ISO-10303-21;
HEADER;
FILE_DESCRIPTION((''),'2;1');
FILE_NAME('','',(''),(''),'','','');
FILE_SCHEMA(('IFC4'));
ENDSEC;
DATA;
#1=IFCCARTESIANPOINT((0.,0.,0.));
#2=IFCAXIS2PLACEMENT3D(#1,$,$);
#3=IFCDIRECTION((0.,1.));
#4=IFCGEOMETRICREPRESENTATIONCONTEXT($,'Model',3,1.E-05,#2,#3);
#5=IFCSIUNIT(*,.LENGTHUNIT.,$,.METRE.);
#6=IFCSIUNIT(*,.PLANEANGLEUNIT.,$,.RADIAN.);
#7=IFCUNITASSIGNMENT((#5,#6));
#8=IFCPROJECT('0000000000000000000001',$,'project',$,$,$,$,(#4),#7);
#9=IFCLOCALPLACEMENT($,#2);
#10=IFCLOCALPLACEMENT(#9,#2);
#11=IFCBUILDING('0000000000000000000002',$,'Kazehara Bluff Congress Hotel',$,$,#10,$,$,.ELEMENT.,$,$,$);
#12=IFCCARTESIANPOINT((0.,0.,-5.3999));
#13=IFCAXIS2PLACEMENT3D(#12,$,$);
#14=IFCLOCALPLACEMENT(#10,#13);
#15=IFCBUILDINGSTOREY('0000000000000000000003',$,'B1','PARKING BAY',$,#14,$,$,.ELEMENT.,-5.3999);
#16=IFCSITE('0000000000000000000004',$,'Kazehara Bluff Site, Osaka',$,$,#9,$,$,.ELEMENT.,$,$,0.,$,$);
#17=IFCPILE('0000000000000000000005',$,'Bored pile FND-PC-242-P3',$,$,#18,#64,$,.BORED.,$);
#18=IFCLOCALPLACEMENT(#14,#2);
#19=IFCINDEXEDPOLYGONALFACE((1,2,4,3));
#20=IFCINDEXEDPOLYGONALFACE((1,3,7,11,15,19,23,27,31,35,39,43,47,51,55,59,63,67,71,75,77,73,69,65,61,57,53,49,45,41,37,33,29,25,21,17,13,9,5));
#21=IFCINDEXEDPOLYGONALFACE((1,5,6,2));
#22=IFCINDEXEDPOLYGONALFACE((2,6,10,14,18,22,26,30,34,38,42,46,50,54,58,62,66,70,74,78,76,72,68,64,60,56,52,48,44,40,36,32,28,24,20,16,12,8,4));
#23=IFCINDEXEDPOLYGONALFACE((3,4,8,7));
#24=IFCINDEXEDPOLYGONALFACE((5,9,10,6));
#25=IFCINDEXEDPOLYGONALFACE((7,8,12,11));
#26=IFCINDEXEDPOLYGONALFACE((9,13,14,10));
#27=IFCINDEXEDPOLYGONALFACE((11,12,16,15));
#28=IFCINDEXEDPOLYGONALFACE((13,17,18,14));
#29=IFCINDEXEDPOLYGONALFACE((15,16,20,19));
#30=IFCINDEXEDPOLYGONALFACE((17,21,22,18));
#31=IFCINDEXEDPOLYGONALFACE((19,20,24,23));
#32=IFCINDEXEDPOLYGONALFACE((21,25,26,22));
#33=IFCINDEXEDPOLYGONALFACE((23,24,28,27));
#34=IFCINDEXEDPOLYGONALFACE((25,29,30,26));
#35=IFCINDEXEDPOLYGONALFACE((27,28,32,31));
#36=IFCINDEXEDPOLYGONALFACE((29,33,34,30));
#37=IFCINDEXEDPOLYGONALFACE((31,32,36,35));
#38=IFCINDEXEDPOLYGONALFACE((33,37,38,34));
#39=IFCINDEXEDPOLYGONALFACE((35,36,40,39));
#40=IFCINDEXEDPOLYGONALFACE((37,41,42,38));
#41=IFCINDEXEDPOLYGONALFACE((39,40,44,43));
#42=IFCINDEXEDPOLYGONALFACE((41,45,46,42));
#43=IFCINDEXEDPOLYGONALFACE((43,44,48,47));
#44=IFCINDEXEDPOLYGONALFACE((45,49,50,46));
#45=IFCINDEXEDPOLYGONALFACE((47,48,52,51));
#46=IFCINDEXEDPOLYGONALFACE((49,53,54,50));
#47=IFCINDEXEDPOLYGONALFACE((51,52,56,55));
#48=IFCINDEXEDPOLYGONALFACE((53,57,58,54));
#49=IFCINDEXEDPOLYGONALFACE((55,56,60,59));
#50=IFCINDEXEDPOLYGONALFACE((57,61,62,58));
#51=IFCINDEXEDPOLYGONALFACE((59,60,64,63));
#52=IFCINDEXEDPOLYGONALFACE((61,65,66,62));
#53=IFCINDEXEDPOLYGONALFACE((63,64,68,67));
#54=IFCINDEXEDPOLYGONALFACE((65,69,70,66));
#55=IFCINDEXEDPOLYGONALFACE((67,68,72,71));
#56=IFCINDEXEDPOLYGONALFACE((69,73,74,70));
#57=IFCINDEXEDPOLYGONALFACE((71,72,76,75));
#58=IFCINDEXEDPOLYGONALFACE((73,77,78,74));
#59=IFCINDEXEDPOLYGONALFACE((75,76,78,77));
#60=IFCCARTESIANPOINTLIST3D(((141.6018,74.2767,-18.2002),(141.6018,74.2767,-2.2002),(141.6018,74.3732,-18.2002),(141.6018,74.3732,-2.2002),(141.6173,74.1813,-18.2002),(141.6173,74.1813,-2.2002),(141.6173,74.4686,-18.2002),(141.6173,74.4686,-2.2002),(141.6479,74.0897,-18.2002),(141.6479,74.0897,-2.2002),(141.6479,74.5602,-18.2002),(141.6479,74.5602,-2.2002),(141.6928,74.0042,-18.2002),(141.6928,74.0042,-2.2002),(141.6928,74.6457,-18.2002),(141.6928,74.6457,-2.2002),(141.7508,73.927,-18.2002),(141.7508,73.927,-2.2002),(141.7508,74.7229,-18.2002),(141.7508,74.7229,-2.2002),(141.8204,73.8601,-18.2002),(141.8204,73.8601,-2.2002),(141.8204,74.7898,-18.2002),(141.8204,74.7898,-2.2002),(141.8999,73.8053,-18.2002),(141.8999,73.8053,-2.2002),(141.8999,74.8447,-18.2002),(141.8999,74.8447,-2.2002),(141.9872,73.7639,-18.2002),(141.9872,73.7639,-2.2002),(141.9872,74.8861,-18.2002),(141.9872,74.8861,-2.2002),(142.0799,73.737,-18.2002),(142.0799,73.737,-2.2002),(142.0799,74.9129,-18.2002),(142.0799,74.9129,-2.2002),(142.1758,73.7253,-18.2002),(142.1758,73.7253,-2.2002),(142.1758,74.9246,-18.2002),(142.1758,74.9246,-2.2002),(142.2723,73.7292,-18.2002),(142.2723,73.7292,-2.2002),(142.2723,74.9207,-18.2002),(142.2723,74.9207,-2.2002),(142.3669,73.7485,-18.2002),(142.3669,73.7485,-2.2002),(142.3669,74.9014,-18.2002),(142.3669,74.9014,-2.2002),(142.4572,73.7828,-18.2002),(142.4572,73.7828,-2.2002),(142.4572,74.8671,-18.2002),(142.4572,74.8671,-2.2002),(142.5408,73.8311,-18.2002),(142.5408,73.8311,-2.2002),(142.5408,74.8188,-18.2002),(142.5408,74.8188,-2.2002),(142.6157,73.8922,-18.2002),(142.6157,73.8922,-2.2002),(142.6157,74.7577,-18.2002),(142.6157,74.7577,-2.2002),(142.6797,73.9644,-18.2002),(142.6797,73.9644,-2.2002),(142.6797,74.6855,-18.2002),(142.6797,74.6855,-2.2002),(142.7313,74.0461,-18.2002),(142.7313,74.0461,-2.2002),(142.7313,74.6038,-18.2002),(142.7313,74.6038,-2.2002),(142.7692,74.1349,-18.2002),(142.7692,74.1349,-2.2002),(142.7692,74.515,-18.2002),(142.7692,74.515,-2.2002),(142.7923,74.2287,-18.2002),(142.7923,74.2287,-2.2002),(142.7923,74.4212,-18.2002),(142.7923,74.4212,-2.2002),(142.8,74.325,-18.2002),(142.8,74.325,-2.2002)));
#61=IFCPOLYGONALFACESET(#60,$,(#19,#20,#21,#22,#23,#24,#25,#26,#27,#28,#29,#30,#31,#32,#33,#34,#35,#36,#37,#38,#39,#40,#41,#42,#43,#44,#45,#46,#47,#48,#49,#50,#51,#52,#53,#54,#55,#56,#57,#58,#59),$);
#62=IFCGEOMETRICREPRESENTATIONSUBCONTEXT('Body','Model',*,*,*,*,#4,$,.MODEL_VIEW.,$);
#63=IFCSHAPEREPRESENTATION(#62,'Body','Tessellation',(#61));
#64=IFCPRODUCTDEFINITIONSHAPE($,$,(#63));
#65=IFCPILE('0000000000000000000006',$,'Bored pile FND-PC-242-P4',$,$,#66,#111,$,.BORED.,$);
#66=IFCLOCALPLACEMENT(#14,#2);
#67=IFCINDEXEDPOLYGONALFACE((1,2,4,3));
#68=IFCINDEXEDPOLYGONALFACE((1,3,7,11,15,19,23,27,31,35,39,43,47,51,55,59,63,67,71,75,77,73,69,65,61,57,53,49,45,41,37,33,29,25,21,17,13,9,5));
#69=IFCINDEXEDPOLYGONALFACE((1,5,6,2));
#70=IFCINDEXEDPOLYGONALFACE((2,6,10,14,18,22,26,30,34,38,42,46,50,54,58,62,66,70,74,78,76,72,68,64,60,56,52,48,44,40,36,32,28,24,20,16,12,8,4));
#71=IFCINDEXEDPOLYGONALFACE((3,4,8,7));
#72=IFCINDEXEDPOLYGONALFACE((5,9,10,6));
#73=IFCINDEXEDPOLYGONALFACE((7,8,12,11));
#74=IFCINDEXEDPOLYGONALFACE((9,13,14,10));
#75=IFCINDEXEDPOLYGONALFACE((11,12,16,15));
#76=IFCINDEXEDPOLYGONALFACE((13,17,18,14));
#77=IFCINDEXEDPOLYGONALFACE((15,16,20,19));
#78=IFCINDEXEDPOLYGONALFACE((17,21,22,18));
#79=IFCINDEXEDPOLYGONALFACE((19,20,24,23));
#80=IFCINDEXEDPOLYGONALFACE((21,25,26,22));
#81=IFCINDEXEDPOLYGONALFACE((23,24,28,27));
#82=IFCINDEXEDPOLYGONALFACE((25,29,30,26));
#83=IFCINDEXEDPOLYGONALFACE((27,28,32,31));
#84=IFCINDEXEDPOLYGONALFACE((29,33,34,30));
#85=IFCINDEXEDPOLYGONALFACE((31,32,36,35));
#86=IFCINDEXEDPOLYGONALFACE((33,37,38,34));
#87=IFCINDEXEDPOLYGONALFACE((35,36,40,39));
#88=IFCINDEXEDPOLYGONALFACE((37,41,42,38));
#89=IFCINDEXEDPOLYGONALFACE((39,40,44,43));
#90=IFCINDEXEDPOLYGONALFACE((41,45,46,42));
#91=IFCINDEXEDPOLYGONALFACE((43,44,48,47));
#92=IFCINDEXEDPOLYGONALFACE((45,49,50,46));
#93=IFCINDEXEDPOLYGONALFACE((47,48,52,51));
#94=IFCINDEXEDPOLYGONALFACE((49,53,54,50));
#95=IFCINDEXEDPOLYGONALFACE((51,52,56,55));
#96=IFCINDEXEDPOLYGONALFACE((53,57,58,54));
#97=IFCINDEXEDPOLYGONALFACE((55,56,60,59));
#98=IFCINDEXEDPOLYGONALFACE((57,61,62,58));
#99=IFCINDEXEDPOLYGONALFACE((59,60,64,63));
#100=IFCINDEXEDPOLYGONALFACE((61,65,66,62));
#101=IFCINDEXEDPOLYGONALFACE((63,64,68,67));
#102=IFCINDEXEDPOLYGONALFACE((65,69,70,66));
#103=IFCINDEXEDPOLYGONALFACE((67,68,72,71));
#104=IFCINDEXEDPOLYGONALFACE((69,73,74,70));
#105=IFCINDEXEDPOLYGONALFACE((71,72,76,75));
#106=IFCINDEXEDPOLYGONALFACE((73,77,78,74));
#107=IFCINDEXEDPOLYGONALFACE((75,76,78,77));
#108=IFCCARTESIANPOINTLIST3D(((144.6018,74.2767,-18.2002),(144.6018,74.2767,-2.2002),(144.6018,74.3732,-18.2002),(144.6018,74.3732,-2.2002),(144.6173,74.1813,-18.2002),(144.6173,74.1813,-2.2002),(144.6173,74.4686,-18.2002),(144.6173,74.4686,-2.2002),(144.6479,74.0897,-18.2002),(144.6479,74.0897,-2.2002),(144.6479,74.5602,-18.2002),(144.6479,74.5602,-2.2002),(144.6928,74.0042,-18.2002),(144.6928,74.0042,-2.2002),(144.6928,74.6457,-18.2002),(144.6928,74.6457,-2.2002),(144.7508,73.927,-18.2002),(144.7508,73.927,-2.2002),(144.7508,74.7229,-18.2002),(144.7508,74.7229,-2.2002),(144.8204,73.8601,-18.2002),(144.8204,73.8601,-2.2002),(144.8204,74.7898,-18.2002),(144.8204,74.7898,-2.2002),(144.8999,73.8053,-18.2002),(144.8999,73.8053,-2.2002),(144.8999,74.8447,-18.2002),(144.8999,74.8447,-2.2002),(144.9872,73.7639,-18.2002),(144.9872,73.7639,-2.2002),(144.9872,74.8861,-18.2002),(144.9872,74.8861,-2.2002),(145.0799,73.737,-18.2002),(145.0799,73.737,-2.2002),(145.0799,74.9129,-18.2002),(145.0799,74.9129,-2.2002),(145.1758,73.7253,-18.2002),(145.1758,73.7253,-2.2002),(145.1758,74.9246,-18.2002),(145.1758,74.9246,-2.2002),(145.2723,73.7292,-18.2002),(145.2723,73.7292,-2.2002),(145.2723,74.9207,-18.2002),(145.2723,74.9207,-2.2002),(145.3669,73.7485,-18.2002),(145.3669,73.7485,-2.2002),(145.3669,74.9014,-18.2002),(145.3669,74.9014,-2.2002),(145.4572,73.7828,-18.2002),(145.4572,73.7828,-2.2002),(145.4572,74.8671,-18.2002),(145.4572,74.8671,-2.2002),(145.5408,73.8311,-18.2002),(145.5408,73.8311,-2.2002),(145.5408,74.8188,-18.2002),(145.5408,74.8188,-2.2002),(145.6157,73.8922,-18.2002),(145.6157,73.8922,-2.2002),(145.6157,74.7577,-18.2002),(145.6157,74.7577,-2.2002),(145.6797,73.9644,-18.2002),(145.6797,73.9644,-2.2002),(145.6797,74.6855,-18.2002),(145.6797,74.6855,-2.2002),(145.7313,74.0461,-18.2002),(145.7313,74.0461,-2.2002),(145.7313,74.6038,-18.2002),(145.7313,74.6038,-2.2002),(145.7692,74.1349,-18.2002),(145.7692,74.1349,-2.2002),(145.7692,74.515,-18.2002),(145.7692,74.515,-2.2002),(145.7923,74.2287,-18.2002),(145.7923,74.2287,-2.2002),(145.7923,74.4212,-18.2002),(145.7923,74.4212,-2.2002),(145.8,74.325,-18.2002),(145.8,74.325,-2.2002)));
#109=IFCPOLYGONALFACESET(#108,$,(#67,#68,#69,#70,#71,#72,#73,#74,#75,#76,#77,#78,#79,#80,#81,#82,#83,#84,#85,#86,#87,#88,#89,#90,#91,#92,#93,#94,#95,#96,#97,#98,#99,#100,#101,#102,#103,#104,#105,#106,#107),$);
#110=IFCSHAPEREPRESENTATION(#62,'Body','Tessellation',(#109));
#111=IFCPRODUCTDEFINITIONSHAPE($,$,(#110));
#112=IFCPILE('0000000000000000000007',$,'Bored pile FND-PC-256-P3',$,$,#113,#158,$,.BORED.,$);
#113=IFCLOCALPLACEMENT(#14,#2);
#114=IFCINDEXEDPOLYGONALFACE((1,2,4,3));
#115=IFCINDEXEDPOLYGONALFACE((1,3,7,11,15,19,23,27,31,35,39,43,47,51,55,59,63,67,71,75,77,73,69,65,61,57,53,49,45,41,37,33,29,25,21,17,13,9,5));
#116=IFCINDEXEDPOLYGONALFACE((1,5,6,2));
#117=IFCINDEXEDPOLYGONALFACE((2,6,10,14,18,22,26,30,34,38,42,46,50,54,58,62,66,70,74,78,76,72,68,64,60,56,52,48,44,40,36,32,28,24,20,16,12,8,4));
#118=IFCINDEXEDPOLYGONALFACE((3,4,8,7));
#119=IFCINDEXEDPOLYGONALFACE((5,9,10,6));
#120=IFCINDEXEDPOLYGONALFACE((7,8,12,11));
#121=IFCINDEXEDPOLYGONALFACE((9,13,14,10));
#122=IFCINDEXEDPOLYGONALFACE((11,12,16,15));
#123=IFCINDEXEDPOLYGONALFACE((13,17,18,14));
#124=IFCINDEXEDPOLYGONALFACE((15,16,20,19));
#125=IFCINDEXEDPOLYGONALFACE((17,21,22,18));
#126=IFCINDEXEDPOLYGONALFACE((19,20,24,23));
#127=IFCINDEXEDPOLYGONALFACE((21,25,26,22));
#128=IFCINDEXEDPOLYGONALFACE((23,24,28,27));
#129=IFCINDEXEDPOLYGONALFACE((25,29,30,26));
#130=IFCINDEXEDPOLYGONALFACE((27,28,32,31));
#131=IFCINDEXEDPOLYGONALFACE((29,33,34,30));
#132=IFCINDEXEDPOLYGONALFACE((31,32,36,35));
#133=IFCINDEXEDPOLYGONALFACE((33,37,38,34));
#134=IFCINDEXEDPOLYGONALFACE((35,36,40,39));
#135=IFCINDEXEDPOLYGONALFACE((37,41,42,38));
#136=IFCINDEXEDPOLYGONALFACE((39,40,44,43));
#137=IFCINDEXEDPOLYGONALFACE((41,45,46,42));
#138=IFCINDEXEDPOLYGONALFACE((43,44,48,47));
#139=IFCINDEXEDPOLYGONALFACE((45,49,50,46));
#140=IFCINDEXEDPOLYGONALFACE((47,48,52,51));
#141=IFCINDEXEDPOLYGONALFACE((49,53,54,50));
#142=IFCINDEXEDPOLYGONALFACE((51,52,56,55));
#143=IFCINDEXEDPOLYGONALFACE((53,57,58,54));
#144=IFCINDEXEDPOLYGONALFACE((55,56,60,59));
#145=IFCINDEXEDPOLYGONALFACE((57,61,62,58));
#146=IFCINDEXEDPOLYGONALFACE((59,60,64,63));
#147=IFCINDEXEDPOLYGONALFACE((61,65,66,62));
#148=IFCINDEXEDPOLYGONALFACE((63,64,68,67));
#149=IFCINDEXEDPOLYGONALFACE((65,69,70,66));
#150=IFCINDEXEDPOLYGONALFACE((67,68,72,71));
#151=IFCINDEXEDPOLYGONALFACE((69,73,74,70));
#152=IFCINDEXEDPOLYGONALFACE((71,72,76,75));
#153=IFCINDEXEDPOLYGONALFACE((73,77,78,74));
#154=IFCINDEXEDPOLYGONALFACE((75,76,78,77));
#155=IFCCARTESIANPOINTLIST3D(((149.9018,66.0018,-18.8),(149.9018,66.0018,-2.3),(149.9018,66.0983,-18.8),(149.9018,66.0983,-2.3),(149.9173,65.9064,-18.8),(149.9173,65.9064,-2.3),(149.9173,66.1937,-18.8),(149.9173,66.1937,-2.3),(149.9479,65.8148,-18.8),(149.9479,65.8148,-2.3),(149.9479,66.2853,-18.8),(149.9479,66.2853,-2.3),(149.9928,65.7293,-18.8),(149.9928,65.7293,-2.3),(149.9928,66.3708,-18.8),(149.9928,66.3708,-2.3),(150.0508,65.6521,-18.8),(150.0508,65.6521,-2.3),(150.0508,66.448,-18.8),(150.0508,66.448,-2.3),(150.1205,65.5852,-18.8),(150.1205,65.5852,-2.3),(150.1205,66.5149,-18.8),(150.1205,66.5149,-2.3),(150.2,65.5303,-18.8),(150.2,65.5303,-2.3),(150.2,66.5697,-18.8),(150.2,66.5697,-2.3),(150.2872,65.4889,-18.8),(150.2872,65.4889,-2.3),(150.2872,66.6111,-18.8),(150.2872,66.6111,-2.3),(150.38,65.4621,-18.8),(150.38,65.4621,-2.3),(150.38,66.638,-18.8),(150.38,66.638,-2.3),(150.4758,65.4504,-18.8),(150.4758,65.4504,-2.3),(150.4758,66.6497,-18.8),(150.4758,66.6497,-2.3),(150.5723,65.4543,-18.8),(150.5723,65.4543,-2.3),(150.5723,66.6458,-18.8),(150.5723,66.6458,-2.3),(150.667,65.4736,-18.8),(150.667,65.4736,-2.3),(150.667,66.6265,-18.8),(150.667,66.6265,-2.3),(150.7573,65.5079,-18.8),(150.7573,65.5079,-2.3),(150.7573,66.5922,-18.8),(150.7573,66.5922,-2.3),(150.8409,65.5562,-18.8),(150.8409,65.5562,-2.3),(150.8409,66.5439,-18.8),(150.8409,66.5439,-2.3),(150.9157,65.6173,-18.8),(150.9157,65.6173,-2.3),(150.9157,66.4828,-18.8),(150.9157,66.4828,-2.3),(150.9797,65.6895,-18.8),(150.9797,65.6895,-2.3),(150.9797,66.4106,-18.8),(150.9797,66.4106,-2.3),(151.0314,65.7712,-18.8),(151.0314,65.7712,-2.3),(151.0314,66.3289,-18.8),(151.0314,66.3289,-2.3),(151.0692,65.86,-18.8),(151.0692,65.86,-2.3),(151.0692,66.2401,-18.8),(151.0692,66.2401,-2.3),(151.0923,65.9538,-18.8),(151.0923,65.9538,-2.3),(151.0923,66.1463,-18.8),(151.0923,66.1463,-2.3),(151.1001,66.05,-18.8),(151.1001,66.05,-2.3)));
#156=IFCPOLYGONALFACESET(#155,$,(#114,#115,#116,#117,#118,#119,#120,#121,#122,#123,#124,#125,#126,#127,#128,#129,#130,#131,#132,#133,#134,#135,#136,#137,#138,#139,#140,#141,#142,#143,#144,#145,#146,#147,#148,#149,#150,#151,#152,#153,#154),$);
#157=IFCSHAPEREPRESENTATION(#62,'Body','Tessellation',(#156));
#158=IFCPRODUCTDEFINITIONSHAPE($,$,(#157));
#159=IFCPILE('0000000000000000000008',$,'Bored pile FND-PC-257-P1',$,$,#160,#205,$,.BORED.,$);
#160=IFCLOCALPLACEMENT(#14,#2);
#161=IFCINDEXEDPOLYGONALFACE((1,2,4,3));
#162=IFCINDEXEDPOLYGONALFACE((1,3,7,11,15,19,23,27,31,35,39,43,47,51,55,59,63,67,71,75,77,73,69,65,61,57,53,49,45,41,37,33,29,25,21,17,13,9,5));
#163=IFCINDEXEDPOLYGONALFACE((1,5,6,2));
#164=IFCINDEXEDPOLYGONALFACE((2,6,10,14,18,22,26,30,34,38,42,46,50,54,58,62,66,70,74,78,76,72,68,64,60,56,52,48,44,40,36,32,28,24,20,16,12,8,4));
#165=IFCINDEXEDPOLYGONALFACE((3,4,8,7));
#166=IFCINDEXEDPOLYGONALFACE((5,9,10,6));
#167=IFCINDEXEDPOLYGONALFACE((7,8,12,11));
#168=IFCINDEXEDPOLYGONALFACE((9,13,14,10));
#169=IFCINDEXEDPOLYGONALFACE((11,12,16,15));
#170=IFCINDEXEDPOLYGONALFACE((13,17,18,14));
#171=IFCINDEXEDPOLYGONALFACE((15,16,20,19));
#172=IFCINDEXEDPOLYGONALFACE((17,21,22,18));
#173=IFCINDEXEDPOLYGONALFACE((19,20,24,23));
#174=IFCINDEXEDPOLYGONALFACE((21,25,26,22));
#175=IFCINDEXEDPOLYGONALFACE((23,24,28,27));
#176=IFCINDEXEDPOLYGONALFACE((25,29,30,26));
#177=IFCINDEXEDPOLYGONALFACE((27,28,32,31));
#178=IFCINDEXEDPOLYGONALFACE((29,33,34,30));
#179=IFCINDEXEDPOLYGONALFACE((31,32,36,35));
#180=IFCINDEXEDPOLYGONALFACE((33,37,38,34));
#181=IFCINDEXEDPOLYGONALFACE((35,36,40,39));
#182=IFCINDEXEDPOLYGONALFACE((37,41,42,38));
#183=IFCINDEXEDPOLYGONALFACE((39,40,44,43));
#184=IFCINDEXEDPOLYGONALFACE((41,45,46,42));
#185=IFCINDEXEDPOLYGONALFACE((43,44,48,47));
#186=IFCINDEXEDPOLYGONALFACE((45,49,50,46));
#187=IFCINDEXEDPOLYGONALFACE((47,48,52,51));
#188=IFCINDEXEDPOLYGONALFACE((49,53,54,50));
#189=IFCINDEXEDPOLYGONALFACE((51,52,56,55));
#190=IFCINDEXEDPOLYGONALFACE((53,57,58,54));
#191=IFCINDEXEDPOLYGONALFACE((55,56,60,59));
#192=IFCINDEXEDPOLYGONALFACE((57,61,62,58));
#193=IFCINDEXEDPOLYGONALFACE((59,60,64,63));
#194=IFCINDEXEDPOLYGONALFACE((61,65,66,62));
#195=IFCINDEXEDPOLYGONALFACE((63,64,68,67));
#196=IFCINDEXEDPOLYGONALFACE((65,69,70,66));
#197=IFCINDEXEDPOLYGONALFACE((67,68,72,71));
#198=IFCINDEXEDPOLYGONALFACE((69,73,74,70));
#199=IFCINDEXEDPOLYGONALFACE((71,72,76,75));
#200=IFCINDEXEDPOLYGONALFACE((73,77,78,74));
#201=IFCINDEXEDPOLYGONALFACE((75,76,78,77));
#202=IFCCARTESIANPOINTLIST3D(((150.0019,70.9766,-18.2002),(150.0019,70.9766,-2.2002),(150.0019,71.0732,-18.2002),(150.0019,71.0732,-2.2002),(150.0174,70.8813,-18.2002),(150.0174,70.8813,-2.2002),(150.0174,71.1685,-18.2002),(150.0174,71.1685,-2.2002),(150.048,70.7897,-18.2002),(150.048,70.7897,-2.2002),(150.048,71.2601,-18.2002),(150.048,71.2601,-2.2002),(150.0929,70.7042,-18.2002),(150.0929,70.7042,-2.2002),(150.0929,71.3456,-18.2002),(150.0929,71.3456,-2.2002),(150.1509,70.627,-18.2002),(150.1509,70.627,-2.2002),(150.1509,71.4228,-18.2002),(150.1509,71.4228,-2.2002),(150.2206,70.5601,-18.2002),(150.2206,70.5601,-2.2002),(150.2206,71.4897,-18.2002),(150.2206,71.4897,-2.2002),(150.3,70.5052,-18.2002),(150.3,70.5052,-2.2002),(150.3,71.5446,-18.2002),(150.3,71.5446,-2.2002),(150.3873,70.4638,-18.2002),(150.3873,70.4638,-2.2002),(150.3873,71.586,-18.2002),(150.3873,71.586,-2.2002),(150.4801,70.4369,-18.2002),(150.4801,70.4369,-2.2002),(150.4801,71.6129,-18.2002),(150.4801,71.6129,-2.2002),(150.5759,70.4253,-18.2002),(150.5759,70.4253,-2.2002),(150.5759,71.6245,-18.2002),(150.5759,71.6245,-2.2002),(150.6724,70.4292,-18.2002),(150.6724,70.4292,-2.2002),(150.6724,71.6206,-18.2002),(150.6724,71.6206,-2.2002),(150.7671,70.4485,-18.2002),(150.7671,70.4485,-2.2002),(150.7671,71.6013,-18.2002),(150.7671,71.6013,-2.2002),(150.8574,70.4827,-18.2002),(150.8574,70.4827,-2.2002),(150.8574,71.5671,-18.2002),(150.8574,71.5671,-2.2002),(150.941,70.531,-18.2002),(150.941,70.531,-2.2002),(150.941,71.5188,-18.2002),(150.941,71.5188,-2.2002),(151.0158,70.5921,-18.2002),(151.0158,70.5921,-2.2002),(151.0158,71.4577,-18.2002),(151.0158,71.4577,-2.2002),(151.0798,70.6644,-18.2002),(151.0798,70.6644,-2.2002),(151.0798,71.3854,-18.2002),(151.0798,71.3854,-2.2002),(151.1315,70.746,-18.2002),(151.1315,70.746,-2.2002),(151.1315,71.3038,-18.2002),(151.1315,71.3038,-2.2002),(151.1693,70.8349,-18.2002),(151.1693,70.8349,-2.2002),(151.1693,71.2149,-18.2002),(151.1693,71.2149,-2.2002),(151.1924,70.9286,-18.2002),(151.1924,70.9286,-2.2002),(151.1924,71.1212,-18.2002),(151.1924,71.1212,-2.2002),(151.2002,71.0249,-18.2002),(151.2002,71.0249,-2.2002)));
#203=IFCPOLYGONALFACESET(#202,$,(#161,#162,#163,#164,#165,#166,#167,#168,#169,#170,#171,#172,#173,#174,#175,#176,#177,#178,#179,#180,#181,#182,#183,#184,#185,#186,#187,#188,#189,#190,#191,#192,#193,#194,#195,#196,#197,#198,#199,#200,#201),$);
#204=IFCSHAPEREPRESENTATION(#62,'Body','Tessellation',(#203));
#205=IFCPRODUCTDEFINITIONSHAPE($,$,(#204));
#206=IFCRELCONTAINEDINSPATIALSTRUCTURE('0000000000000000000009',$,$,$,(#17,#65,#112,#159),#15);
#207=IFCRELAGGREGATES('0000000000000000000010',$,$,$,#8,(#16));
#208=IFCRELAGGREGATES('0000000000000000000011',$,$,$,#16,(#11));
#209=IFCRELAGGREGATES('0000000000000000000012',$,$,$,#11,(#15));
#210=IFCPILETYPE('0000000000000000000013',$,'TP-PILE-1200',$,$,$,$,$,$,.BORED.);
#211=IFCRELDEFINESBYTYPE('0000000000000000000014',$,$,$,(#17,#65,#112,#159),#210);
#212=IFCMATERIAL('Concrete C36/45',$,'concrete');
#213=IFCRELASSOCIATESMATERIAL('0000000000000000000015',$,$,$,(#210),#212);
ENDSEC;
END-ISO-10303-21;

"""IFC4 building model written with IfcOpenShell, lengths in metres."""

from ifc_helpers import new_model, si_unit, direction, frame, origin, origin_2d, place, context, subcontext, project, spatial, circle, extrude, material, material_profile, profile_set, type_object, element, save


model = new_model("IFC4")

# Units and contexts
model_context = context("Model", 3, precision=1e-05, world=origin(), true_north=direction((0.0, 1.0)))
body_context = subcontext(model_context, "Body", "Model", "MODEL_VIEW")
ifc_project = project(units=[si_unit("LENGTHUNIT", "METRE"), si_unit("PLANEANGLEUNIT", "RADIAN")], contexts=[model_context])

# Site, building, storey
site_placement = place(None, origin())
site = spatial("IfcSite", under=ifc_project, at=site_placement, Name="Kazehara Bluff Site, Osaka", CompositionType="ELEMENT", RefElevation=0.0)
building_placement = place(site_placement, origin())
building = spatial("IfcBuilding", under=site, at=building_placement, Name="Kazehara Bluff Congress Hotel", CompositionType="ELEMENT")
storey_placement = place(building_placement, frame((0.0, 0.0, -5.3999)))
storey = spatial("IfcBuildingStorey", under=building, at=storey_placement, Name="B1", Description="PARKING BAY", CompositionType="ELEMENT", Elevation=-5.3999)

# Piles
ifc_material_1 = material(Name="Concrete C36/45", Category="concrete")
ifc_material_profile_1 = material_profile(ifc_material_1, circle(Radius=0.6001, at=origin_2d()))
ifc_profile_set_1 = profile_set([ifc_material_profile_1], Name="Concrete C36/45")
pile_type_1 = type_object("IfcPileType", Name="TP-PILE-1200", PredefinedType="BORED", material=ifc_profile_set_1)
for number, where, z_axis, x_axis, name in (
    (1, (142.2, 74.325, -2.2002), (0.0, 0.0, -1.0), (1.0, 0.0, 0.0), "Bored pile FND-PC-242-P3"),
    (2, (145.2, 74.325, -2.2002), (0.0, 0.0, -1.0), (1.0, 0.0, 0.0), "Bored pile FND-PC-242-P4"),
):
    element("IfcPile", number, at=place(storey_placement, frame(where, z_axis=z_axis, x_axis=x_axis)), inside=storey, type_object=pile_type_1, Name=name, PredefinedType="BORED", context=body_context, shape_type="SweptSolid", body=[
        extrude(circle(Radius=0.6001, at=origin_2d()), origin(), (0.0, 0.0, 1.0), 16.0),
    ])
pile_1_placement = place(storey_placement, frame((150.5, 66.05, -2.3), z_axis=(0.0, 0.0, -1.0), x_axis=(1.0, 0.0, 0.0)))
element("IfcPile", 3, at=pile_1_placement, inside=storey, type_object=pile_type_1, Name="Bored pile FND-PC-256-P3", PredefinedType="BORED", context=body_context, shape_type="SweptSolid", body=[
    extrude(circle(Radius=0.6001, at=origin_2d()), origin(), (0.0, 0.0, 1.0), 16.5),
])
for number, where, z_axis, x_axis, name in (
    (4, (150.6001, 71.0249, -2.2002), (0.0, 0.0, -1.0), (1.0, 0.0, 0.0), "Bored pile FND-PC-257-P1"),
):
    element("IfcPile", number, at=place(storey_placement, frame(where, z_axis=z_axis, x_axis=x_axis)), inside=storey, type_object=pile_type_1, Name=name, PredefinedType="BORED", context=body_context, shape_type="SweptSolid", body=[
        extrude(circle(Radius=0.6001, at=origin_2d()), origin(), (0.0, 0.0, 1.0), 16.0),
    ])

save(model, "model.ifc")
